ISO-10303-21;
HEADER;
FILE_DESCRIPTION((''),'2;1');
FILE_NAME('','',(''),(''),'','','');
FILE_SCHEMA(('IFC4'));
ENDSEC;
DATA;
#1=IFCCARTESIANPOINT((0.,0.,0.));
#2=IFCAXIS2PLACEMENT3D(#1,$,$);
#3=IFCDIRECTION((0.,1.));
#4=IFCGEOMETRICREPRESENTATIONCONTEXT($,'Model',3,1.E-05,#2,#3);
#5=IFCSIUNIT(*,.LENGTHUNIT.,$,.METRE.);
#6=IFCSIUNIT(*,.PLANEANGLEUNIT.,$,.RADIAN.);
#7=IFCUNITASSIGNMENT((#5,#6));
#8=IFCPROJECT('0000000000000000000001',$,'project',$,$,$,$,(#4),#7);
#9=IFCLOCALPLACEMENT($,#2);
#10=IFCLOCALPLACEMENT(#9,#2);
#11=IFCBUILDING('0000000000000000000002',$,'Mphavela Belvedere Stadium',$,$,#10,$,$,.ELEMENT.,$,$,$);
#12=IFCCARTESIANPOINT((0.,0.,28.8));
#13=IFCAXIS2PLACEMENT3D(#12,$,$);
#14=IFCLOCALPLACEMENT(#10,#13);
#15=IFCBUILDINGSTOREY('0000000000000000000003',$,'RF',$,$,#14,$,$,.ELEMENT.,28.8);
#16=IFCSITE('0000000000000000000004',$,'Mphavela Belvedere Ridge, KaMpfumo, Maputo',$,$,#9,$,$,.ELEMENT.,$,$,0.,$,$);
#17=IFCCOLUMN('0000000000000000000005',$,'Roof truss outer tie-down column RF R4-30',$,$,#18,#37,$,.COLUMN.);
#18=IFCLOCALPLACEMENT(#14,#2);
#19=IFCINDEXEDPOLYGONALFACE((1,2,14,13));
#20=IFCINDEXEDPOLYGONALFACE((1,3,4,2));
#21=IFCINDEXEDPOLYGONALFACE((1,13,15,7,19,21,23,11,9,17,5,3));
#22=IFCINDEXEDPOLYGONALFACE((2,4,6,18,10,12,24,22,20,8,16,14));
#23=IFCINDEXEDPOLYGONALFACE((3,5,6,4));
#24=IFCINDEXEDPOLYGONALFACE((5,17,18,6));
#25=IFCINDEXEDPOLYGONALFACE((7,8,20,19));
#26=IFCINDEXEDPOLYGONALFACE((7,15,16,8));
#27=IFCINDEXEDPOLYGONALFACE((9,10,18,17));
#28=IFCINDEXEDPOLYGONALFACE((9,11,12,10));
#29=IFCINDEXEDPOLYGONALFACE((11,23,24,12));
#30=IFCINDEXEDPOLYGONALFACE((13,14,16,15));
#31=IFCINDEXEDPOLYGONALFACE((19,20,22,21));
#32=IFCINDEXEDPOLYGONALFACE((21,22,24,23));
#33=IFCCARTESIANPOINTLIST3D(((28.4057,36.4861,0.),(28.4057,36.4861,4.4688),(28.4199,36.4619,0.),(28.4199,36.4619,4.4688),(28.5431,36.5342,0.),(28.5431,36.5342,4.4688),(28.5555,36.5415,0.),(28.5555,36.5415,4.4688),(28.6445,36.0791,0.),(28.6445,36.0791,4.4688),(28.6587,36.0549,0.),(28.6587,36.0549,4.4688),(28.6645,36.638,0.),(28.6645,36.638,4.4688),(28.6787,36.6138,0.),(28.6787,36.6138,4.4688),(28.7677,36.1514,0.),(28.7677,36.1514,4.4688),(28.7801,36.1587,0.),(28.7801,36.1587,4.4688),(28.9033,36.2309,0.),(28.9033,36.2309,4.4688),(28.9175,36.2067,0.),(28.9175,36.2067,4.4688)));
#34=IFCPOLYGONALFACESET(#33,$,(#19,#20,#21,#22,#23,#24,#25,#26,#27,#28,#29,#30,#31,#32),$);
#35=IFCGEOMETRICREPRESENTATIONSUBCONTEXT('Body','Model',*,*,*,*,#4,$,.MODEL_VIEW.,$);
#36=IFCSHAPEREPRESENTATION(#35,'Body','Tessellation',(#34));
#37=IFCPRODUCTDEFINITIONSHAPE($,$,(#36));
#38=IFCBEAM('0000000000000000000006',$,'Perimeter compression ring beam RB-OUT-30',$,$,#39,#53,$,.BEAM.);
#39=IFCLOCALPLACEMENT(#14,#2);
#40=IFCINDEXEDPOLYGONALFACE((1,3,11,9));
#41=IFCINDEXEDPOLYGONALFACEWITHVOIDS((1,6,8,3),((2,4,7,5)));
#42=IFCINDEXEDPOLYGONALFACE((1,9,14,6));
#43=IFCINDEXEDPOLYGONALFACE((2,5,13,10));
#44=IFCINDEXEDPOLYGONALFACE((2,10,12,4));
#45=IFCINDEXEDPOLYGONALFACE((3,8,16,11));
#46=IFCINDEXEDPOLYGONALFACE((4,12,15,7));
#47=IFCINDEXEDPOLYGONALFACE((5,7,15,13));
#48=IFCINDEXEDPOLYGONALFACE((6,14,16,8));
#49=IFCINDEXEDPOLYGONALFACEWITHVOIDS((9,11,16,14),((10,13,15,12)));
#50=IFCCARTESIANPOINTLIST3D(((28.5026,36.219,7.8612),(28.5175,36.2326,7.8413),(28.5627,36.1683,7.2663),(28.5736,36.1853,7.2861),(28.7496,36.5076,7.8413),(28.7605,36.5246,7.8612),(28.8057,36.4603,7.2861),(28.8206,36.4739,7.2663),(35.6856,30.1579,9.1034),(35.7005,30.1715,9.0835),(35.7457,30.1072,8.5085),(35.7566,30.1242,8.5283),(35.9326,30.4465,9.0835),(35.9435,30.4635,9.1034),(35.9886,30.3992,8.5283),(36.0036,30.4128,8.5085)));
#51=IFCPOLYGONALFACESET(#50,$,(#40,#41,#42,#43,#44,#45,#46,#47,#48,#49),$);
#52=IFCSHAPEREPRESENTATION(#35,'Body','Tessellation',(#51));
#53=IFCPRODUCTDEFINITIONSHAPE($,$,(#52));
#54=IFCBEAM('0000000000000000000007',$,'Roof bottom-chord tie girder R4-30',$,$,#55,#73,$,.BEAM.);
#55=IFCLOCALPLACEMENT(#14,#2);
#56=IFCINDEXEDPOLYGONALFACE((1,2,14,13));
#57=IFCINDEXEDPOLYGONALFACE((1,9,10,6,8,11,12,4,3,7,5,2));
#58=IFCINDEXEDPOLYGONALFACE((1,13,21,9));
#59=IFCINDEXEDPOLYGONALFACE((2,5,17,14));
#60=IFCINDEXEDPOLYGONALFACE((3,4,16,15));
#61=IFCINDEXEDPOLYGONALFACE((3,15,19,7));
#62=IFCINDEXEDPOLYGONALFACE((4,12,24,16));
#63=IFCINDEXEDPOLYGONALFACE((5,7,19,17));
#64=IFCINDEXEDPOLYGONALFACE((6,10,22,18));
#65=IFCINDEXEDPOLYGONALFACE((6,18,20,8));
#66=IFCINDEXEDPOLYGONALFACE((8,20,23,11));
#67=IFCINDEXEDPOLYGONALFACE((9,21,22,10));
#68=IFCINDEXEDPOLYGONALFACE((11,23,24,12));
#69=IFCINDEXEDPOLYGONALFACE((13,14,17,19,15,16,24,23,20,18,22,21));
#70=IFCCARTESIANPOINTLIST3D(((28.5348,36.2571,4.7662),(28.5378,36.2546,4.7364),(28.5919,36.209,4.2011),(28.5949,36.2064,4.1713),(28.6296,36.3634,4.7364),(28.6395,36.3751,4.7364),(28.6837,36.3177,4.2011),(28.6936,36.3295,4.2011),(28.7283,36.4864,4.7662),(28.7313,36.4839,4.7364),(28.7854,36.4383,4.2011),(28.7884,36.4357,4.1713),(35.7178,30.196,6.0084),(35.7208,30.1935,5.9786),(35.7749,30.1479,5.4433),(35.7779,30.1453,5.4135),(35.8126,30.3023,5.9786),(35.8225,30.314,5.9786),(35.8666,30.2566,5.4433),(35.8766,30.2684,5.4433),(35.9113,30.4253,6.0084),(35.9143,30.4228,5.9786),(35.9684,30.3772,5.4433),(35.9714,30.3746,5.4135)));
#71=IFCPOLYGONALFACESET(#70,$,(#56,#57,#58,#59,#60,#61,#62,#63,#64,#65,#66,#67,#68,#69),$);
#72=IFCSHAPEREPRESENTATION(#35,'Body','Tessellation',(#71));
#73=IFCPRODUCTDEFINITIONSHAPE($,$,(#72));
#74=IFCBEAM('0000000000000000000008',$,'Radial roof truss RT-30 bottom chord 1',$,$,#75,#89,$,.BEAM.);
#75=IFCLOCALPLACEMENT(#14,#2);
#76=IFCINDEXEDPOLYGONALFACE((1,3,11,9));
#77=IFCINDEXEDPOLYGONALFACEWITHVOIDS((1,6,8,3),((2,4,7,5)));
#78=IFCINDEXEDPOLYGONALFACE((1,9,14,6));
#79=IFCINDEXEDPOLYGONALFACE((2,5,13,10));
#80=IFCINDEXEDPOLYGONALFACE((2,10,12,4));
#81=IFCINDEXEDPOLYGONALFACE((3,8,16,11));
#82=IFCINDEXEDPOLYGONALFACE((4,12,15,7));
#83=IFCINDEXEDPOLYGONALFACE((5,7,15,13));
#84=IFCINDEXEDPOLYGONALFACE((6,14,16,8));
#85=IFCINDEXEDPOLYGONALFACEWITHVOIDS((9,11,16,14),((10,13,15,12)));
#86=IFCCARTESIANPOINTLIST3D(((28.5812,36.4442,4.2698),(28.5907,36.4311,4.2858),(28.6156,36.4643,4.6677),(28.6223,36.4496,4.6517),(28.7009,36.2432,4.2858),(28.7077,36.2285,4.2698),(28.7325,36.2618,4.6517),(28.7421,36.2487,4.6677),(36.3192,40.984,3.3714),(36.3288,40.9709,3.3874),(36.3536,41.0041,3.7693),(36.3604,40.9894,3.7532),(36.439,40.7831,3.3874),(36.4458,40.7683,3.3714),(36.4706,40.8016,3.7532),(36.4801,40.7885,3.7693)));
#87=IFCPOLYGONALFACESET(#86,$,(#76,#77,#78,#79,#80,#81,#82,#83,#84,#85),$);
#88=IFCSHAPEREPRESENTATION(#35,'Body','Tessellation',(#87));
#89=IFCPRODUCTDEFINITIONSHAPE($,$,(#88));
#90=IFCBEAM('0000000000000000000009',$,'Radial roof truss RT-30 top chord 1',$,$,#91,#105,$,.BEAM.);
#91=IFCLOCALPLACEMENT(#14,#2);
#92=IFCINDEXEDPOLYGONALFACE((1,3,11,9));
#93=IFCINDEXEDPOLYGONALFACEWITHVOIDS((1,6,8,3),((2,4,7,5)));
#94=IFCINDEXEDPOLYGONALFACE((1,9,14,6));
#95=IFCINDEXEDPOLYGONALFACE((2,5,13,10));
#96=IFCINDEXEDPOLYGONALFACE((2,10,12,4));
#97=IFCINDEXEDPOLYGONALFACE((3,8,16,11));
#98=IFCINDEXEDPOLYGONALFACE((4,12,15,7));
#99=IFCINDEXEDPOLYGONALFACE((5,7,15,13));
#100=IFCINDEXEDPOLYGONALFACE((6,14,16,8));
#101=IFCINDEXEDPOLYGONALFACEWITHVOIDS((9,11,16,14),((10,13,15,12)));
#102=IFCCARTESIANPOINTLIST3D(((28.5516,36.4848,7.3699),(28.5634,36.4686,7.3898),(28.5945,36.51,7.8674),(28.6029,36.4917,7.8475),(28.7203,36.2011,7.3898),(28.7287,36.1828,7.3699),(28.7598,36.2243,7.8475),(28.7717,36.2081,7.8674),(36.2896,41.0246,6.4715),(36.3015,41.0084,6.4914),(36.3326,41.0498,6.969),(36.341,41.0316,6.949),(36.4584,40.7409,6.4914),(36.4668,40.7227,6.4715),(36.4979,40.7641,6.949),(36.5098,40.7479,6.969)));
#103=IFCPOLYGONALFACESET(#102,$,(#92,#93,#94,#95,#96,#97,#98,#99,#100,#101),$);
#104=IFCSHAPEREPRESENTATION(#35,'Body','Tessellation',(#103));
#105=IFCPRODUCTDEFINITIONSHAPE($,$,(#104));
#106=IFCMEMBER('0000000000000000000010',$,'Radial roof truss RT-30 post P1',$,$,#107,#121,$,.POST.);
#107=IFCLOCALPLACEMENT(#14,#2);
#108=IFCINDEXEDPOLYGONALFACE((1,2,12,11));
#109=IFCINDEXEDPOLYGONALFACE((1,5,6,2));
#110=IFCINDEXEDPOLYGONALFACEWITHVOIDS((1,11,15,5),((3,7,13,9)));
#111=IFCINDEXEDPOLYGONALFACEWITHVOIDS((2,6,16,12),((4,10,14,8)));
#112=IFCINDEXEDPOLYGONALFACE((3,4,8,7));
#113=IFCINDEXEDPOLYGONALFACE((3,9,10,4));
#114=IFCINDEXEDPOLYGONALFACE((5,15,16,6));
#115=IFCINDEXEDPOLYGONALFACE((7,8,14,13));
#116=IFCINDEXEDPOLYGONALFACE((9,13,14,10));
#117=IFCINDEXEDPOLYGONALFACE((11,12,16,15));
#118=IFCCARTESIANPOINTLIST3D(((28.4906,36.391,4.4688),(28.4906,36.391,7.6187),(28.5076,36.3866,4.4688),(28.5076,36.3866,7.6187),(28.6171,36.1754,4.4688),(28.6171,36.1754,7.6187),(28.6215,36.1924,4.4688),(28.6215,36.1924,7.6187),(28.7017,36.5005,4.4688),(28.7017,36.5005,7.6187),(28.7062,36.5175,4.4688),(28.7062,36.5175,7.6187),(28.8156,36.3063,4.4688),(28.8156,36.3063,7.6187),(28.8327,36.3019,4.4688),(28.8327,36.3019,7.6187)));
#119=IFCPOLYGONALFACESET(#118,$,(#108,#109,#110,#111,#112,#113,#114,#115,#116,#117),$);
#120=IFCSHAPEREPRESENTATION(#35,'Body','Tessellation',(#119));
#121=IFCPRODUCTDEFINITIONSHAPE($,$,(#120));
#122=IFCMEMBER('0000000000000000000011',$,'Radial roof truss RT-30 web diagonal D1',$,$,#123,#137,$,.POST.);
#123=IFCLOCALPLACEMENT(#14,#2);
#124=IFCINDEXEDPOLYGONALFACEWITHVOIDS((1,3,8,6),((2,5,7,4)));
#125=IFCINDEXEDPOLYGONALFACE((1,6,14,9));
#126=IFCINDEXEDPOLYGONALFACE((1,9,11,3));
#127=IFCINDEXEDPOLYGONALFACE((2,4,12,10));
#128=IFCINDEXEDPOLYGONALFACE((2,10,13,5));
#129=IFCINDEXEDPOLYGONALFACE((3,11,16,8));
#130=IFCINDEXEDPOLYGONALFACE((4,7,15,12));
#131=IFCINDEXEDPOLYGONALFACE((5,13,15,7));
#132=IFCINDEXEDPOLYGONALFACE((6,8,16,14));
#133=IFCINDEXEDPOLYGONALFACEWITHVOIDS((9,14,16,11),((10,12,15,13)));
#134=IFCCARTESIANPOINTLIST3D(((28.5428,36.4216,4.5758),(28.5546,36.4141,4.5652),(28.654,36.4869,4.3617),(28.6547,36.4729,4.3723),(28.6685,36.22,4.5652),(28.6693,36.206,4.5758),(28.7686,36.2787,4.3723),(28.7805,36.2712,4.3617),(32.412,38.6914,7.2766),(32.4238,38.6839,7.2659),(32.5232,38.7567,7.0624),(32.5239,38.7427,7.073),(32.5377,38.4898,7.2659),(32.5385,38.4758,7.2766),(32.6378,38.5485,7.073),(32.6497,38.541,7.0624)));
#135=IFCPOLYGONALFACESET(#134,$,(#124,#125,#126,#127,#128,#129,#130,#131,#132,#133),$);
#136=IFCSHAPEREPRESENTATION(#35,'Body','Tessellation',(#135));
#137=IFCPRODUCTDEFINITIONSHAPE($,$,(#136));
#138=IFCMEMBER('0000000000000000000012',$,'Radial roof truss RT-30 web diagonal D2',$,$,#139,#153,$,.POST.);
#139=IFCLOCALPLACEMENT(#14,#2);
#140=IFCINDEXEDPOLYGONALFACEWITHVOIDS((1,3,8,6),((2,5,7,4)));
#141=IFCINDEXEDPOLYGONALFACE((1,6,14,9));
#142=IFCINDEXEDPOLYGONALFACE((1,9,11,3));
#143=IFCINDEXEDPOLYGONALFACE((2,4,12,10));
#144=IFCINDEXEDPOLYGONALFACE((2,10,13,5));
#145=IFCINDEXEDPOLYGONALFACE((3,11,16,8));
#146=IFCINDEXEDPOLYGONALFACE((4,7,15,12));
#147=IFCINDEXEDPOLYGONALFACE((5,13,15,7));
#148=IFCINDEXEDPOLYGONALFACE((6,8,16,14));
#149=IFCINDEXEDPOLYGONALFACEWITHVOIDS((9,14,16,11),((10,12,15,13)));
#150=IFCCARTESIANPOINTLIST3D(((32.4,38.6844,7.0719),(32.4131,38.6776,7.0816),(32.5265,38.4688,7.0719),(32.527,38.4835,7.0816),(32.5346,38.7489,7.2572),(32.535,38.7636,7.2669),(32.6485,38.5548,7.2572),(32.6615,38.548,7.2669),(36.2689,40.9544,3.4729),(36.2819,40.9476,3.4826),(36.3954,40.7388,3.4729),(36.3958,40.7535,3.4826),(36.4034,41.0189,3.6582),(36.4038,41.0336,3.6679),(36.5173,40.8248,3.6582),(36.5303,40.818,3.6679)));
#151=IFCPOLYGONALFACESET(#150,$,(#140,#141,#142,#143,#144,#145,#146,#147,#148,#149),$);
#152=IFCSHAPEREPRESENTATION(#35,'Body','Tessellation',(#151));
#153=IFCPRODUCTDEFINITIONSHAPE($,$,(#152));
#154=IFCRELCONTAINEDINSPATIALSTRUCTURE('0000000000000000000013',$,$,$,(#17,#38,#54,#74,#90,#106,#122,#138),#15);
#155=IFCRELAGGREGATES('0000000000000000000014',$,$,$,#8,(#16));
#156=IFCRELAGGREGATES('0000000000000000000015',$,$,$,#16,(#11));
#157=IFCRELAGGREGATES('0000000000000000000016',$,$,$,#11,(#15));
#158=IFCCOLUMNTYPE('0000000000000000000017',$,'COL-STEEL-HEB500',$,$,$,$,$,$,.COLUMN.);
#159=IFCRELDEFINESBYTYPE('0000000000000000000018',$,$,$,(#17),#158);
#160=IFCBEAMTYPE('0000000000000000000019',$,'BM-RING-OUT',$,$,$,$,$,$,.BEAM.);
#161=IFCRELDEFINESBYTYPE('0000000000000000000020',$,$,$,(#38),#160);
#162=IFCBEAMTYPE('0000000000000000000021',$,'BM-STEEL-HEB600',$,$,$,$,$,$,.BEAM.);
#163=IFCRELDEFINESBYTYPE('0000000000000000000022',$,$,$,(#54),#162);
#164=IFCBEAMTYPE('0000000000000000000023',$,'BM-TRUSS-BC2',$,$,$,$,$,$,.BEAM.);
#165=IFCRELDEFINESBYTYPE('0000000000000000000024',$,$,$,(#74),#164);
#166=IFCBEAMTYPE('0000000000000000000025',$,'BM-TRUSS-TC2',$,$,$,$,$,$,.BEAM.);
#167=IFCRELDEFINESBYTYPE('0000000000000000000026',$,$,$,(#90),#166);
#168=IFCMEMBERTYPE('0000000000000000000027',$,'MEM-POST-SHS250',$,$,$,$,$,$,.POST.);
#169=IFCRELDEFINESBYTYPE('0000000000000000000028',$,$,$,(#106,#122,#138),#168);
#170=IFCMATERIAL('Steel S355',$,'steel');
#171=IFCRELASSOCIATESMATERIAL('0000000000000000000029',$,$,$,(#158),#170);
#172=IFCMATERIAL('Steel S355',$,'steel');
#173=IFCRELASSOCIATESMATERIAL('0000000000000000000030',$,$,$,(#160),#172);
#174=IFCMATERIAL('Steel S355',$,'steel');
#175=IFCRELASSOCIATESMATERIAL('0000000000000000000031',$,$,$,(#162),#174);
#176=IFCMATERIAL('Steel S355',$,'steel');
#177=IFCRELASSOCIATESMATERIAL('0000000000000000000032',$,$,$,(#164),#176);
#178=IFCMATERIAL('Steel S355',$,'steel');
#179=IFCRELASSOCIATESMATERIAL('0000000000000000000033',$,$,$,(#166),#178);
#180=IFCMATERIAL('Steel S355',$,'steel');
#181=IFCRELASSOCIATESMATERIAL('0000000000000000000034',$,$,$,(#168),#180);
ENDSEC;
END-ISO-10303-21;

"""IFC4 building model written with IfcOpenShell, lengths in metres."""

from ifc_helpers import new_model, si_unit, direction, frame, origin, origin_2d, place, context, subcontext, project, spatial, hollow_rectangle, i_section, extrude, material, material_profile, profile_set, type_object, element, save


model = new_model("IFC4")

# Units and contexts
model_context = context("Model", 3, precision=1e-05, world=origin(), true_north=direction((0.0, 1.0)))
body_context = subcontext(model_context, "Body", "Model", "MODEL_VIEW")
ifc_project = project(units=[si_unit("LENGTHUNIT", "METRE"), si_unit("PLANEANGLEUNIT", "RADIAN")], contexts=[model_context])

# Site, building, storey
site_placement = place(None, origin())
site = spatial("IfcSite", under=ifc_project, at=site_placement, Name="Mphavela Belvedere Ridge, KaMpfumo, Maputo", CompositionType="ELEMENT", RefElevation=0.0)
building_placement = place(site_placement, origin())
building = spatial("IfcBuilding", under=site, at=building_placement, Name="Mphavela Belvedere Stadium", CompositionType="ELEMENT")
storey_placement = place(building_placement, frame((0.0, 0.0, 28.8)))
storey = spatial("IfcBuildingStorey", under=building, at=storey_placement, Name="RF", CompositionType="ELEMENT", Elevation=28.8)

# Column
ifc_material_1 = material(Name="Steel S355", Category="steel")
ifc_material_profile_1 = material_profile(ifc_material_1, i_section(OverallWidth=0.3, OverallDepth=0.5, WebThickness=0.0144, FlangeThickness=0.0281, at=origin_2d()), Name="HEB 500")
ifc_profile_set_1 = profile_set([ifc_material_profile_1], Name="Steel S355")
column_type = type_object("IfcColumnType", Name="COL-STEEL-HEB500", PredefinedType="COLUMN", material=ifc_profile_set_1)
column_placement = place(storey_placement, frame((28.6616, 36.3464, 0.0), z_axis=(0.0, 0.0, 1.0), x_axis=(-0.862514, -0.506034, 0.0)))
element("IfcColumn", 1, at=column_placement, inside=storey, type_object=column_type, Name="Roof truss outer tie-down column RF R4-30", PredefinedType="COLUMN", context=body_context, shape_type="SweptSolid", body=[
    extrude(i_section(OverallWidth=0.3, OverallDepth=0.5, WebThickness=0.0144, FlangeThickness=0.0281, at=origin_2d()), origin(), (0.0, 0.0, 1.0), 4.4688),
])

# Beams
ifc_material_2 = material(Name="Steel S355", Category="steel")
ifc_material_profile_2 = material_profile(ifc_material_2, hollow_rectangle(XDim=0.3999, YDim=0.6001, WallThickness=0.02, at=origin_2d()), Name="RHS 600x400x20")
ifc_profile_set_2 = profile_set([ifc_material_profile_2], Name="Steel S355")
beam_type_1 = type_object("IfcBeamType", Name="BM-RING-OUT", PredefinedType="BEAM", material=ifc_profile_set_2)
beam_1_placement = place(storey_placement, frame((28.6616, 36.3464, 7.5637), z_axis=(0.757676, -0.639342, 0.131031), x_axis=(0.644902, 0.764265, 0.0)))
element("IfcBeam", 2, at=beam_1_placement, inside=storey, type_object=beam_type_1, Name="Perimeter compression ring beam RB-OUT-30", PredefinedType="BEAM", context=body_context, shape_type="SweptSolid", body=[
    extrude(hollow_rectangle(XDim=0.3999, YDim=0.6001, WallThickness=0.02, at=origin_2d()), origin(), (0.0, 0.0, 1.0), 9.4802),
])
ifc_material_3 = material(Name="Steel S355", Category="steel")
ifc_material_profile_3 = material_profile(ifc_material_3, i_section(OverallWidth=0.3, OverallDepth=0.6001, WebThickness=0.0154, FlangeThickness=0.03, at=origin_2d()), Name="HEB 600")
ifc_profile_set_3 = profile_set([ifc_material_profile_3], Name="Steel S355")
beam_type_2 = type_object("IfcBeamType", Name="BM-STEEL-HEB600", PredefinedType="BEAM", material=ifc_profile_set_3)
beam_2_placement = place(storey_placement, frame((28.6616, 36.3464, 4.4688), z_axis=(0.757676, -0.639342, 0.131031), x_axis=(0.644902, 0.764265, 0.0)))
element("IfcBeam", 3, at=beam_2_placement, inside=storey, type_object=beam_type_2, Name="Roof bottom-chord tie girder R4-30", PredefinedType="BEAM", context=body_context, shape_type="SweptSolid", body=[
    extrude(i_section(OverallWidth=0.3, OverallDepth=0.6001, WebThickness=0.0154, FlangeThickness=0.03, at=origin_2d()), origin(), (0.0, 0.0, 1.0), 9.4802),
])
ifc_material_4 = material(Name="Steel S355", Category="steel")
ifc_material_profile_4 = material_profile(ifc_material_4, hollow_rectangle(XDim=0.25, YDim=0.3999, WallThickness=0.0161, at=origin_2d()), Name="RHS 400x250x16")
ifc_profile_set_4 = profile_set([ifc_material_profile_4], Name="Steel S355")
beam_type_3 = type_object("IfcBeamType", Name="BM-TRUSS-BC2", PredefinedType="BEAM", material=ifc_profile_set_4)
beam_3_placement = place(storey_placement, frame((28.6616, 36.3464, 4.4688), z_axis=(0.858225, 0.503508, -0.099646), x_axis=(-0.506027, 0.862518, 0.0)))
element("IfcBeam", 4, at=beam_3_placement, inside=storey, type_object=beam_type_3, Name="Radial roof truss RT-30 bottom chord 1", PredefinedType="BEAM", context=body_context, shape_type="SweptSolid", body=[
    extrude(hollow_rectangle(XDim=0.25, YDim=0.3999, WallThickness=0.0161, at=origin_2d()), origin(), (0.0, 0.0, 1.0), 9.0164),
])
ifc_material_5 = material(Name="Steel S355", Category="steel")
ifc_material_profile_5 = material_profile(ifc_material_5, hollow_rectangle(XDim=0.3501, YDim=0.5, WallThickness=0.02, at=origin_2d()), Name="RHS 500x350x20")
ifc_profile_set_5 = profile_set([ifc_material_profile_5], Name="Steel S355")
beam_type_4 = type_object("IfcBeamType", Name="BM-TRUSS-TC2", PredefinedType="BEAM", material=ifc_profile_set_5)
beam_4_placement = place(storey_placement, frame((28.6616, 36.3464, 7.6187), z_axis=(0.858225, 0.503508, -0.099646), x_axis=(-0.506027, 0.862518, 0.0)))
element("IfcBeam", 5, at=beam_4_placement, inside=storey, type_object=beam_type_4, Name="Radial roof truss RT-30 top chord 1", PredefinedType="BEAM", context=body_context, shape_type="SweptSolid", body=[
    extrude(hollow_rectangle(XDim=0.3501, YDim=0.5, WallThickness=0.02, at=origin_2d()), origin(), (0.0, 0.0, 1.0), 9.0164),
])

# Members
ifc_material_6 = material(Name="Steel S355", Category="steel")
ifc_material_profile_6 = material_profile(ifc_material_6, hollow_rectangle(XDim=0.25, YDim=0.25, WallThickness=0.0125, at=origin_2d()), Name="SHS 250x250x12.5")
ifc_profile_set_6 = profile_set([ifc_material_profile_6], Name="Steel S355")
member_type_1 = type_object("IfcMemberType", Name="MEM-POST-SHS250", PredefinedType="POST", material=ifc_profile_set_6)
member_1_placement = place(storey_placement, frame((28.6616, 36.3464, 4.4688), z_axis=(0.0, 0.0, 1.0), x_axis=(-0.862514, -0.506034, 0.0)))
element("IfcMember", 6, at=member_1_placement, inside=storey, type_object=member_type_1, Name="Radial roof truss RT-30 post P1", PredefinedType="POST", context=body_context, shape_type="SweptSolid", body=[
    extrude(hollow_rectangle(XDim=0.25, YDim=0.25, WallThickness=0.0125, at=origin_2d()), origin(), (0.0, 0.0, 1.0), 3.1499),
])
member_2_placement = place(storey_placement, frame((28.6616, 36.3464, 4.4688), z_axis=(0.738948, 0.433493, 0.51579), x_axis=(-0.505995, 0.862537, 0.0)))
element("IfcMember", 7, at=member_2_placement, inside=storey, type_object=member_type_1, Name="Radial roof truss RT-30 web diagonal D1", PredefinedType="POST", context=body_context, shape_type="SweptSolid", body=[
    extrude(hollow_rectangle(XDim=0.25, YDim=0.25, WallThickness=0.0125, at=origin_2d()), origin(), (0.0, 0.0, 1.0), 5.2361),
])
member_3_placement = place(storey_placement, frame((32.5308, 38.6162, 7.1694), z_axis=(0.672724, 0.394711, -0.625816), x_axis=(-0.506059, 0.862499, 0.0)))
element("IfcMember", 8, at=member_3_placement, inside=storey, type_object=member_type_1, Name="Radial roof truss RT-30 web diagonal D2", PredefinedType="POST", context=body_context, shape_type="SweptSolid", body=[
    extrude(hollow_rectangle(XDim=0.25, YDim=0.25, WallThickness=0.0125, at=origin_2d()), origin(), (0.0, 0.0, 1.0), 5.751),
])

save(model, "model.ifc")
